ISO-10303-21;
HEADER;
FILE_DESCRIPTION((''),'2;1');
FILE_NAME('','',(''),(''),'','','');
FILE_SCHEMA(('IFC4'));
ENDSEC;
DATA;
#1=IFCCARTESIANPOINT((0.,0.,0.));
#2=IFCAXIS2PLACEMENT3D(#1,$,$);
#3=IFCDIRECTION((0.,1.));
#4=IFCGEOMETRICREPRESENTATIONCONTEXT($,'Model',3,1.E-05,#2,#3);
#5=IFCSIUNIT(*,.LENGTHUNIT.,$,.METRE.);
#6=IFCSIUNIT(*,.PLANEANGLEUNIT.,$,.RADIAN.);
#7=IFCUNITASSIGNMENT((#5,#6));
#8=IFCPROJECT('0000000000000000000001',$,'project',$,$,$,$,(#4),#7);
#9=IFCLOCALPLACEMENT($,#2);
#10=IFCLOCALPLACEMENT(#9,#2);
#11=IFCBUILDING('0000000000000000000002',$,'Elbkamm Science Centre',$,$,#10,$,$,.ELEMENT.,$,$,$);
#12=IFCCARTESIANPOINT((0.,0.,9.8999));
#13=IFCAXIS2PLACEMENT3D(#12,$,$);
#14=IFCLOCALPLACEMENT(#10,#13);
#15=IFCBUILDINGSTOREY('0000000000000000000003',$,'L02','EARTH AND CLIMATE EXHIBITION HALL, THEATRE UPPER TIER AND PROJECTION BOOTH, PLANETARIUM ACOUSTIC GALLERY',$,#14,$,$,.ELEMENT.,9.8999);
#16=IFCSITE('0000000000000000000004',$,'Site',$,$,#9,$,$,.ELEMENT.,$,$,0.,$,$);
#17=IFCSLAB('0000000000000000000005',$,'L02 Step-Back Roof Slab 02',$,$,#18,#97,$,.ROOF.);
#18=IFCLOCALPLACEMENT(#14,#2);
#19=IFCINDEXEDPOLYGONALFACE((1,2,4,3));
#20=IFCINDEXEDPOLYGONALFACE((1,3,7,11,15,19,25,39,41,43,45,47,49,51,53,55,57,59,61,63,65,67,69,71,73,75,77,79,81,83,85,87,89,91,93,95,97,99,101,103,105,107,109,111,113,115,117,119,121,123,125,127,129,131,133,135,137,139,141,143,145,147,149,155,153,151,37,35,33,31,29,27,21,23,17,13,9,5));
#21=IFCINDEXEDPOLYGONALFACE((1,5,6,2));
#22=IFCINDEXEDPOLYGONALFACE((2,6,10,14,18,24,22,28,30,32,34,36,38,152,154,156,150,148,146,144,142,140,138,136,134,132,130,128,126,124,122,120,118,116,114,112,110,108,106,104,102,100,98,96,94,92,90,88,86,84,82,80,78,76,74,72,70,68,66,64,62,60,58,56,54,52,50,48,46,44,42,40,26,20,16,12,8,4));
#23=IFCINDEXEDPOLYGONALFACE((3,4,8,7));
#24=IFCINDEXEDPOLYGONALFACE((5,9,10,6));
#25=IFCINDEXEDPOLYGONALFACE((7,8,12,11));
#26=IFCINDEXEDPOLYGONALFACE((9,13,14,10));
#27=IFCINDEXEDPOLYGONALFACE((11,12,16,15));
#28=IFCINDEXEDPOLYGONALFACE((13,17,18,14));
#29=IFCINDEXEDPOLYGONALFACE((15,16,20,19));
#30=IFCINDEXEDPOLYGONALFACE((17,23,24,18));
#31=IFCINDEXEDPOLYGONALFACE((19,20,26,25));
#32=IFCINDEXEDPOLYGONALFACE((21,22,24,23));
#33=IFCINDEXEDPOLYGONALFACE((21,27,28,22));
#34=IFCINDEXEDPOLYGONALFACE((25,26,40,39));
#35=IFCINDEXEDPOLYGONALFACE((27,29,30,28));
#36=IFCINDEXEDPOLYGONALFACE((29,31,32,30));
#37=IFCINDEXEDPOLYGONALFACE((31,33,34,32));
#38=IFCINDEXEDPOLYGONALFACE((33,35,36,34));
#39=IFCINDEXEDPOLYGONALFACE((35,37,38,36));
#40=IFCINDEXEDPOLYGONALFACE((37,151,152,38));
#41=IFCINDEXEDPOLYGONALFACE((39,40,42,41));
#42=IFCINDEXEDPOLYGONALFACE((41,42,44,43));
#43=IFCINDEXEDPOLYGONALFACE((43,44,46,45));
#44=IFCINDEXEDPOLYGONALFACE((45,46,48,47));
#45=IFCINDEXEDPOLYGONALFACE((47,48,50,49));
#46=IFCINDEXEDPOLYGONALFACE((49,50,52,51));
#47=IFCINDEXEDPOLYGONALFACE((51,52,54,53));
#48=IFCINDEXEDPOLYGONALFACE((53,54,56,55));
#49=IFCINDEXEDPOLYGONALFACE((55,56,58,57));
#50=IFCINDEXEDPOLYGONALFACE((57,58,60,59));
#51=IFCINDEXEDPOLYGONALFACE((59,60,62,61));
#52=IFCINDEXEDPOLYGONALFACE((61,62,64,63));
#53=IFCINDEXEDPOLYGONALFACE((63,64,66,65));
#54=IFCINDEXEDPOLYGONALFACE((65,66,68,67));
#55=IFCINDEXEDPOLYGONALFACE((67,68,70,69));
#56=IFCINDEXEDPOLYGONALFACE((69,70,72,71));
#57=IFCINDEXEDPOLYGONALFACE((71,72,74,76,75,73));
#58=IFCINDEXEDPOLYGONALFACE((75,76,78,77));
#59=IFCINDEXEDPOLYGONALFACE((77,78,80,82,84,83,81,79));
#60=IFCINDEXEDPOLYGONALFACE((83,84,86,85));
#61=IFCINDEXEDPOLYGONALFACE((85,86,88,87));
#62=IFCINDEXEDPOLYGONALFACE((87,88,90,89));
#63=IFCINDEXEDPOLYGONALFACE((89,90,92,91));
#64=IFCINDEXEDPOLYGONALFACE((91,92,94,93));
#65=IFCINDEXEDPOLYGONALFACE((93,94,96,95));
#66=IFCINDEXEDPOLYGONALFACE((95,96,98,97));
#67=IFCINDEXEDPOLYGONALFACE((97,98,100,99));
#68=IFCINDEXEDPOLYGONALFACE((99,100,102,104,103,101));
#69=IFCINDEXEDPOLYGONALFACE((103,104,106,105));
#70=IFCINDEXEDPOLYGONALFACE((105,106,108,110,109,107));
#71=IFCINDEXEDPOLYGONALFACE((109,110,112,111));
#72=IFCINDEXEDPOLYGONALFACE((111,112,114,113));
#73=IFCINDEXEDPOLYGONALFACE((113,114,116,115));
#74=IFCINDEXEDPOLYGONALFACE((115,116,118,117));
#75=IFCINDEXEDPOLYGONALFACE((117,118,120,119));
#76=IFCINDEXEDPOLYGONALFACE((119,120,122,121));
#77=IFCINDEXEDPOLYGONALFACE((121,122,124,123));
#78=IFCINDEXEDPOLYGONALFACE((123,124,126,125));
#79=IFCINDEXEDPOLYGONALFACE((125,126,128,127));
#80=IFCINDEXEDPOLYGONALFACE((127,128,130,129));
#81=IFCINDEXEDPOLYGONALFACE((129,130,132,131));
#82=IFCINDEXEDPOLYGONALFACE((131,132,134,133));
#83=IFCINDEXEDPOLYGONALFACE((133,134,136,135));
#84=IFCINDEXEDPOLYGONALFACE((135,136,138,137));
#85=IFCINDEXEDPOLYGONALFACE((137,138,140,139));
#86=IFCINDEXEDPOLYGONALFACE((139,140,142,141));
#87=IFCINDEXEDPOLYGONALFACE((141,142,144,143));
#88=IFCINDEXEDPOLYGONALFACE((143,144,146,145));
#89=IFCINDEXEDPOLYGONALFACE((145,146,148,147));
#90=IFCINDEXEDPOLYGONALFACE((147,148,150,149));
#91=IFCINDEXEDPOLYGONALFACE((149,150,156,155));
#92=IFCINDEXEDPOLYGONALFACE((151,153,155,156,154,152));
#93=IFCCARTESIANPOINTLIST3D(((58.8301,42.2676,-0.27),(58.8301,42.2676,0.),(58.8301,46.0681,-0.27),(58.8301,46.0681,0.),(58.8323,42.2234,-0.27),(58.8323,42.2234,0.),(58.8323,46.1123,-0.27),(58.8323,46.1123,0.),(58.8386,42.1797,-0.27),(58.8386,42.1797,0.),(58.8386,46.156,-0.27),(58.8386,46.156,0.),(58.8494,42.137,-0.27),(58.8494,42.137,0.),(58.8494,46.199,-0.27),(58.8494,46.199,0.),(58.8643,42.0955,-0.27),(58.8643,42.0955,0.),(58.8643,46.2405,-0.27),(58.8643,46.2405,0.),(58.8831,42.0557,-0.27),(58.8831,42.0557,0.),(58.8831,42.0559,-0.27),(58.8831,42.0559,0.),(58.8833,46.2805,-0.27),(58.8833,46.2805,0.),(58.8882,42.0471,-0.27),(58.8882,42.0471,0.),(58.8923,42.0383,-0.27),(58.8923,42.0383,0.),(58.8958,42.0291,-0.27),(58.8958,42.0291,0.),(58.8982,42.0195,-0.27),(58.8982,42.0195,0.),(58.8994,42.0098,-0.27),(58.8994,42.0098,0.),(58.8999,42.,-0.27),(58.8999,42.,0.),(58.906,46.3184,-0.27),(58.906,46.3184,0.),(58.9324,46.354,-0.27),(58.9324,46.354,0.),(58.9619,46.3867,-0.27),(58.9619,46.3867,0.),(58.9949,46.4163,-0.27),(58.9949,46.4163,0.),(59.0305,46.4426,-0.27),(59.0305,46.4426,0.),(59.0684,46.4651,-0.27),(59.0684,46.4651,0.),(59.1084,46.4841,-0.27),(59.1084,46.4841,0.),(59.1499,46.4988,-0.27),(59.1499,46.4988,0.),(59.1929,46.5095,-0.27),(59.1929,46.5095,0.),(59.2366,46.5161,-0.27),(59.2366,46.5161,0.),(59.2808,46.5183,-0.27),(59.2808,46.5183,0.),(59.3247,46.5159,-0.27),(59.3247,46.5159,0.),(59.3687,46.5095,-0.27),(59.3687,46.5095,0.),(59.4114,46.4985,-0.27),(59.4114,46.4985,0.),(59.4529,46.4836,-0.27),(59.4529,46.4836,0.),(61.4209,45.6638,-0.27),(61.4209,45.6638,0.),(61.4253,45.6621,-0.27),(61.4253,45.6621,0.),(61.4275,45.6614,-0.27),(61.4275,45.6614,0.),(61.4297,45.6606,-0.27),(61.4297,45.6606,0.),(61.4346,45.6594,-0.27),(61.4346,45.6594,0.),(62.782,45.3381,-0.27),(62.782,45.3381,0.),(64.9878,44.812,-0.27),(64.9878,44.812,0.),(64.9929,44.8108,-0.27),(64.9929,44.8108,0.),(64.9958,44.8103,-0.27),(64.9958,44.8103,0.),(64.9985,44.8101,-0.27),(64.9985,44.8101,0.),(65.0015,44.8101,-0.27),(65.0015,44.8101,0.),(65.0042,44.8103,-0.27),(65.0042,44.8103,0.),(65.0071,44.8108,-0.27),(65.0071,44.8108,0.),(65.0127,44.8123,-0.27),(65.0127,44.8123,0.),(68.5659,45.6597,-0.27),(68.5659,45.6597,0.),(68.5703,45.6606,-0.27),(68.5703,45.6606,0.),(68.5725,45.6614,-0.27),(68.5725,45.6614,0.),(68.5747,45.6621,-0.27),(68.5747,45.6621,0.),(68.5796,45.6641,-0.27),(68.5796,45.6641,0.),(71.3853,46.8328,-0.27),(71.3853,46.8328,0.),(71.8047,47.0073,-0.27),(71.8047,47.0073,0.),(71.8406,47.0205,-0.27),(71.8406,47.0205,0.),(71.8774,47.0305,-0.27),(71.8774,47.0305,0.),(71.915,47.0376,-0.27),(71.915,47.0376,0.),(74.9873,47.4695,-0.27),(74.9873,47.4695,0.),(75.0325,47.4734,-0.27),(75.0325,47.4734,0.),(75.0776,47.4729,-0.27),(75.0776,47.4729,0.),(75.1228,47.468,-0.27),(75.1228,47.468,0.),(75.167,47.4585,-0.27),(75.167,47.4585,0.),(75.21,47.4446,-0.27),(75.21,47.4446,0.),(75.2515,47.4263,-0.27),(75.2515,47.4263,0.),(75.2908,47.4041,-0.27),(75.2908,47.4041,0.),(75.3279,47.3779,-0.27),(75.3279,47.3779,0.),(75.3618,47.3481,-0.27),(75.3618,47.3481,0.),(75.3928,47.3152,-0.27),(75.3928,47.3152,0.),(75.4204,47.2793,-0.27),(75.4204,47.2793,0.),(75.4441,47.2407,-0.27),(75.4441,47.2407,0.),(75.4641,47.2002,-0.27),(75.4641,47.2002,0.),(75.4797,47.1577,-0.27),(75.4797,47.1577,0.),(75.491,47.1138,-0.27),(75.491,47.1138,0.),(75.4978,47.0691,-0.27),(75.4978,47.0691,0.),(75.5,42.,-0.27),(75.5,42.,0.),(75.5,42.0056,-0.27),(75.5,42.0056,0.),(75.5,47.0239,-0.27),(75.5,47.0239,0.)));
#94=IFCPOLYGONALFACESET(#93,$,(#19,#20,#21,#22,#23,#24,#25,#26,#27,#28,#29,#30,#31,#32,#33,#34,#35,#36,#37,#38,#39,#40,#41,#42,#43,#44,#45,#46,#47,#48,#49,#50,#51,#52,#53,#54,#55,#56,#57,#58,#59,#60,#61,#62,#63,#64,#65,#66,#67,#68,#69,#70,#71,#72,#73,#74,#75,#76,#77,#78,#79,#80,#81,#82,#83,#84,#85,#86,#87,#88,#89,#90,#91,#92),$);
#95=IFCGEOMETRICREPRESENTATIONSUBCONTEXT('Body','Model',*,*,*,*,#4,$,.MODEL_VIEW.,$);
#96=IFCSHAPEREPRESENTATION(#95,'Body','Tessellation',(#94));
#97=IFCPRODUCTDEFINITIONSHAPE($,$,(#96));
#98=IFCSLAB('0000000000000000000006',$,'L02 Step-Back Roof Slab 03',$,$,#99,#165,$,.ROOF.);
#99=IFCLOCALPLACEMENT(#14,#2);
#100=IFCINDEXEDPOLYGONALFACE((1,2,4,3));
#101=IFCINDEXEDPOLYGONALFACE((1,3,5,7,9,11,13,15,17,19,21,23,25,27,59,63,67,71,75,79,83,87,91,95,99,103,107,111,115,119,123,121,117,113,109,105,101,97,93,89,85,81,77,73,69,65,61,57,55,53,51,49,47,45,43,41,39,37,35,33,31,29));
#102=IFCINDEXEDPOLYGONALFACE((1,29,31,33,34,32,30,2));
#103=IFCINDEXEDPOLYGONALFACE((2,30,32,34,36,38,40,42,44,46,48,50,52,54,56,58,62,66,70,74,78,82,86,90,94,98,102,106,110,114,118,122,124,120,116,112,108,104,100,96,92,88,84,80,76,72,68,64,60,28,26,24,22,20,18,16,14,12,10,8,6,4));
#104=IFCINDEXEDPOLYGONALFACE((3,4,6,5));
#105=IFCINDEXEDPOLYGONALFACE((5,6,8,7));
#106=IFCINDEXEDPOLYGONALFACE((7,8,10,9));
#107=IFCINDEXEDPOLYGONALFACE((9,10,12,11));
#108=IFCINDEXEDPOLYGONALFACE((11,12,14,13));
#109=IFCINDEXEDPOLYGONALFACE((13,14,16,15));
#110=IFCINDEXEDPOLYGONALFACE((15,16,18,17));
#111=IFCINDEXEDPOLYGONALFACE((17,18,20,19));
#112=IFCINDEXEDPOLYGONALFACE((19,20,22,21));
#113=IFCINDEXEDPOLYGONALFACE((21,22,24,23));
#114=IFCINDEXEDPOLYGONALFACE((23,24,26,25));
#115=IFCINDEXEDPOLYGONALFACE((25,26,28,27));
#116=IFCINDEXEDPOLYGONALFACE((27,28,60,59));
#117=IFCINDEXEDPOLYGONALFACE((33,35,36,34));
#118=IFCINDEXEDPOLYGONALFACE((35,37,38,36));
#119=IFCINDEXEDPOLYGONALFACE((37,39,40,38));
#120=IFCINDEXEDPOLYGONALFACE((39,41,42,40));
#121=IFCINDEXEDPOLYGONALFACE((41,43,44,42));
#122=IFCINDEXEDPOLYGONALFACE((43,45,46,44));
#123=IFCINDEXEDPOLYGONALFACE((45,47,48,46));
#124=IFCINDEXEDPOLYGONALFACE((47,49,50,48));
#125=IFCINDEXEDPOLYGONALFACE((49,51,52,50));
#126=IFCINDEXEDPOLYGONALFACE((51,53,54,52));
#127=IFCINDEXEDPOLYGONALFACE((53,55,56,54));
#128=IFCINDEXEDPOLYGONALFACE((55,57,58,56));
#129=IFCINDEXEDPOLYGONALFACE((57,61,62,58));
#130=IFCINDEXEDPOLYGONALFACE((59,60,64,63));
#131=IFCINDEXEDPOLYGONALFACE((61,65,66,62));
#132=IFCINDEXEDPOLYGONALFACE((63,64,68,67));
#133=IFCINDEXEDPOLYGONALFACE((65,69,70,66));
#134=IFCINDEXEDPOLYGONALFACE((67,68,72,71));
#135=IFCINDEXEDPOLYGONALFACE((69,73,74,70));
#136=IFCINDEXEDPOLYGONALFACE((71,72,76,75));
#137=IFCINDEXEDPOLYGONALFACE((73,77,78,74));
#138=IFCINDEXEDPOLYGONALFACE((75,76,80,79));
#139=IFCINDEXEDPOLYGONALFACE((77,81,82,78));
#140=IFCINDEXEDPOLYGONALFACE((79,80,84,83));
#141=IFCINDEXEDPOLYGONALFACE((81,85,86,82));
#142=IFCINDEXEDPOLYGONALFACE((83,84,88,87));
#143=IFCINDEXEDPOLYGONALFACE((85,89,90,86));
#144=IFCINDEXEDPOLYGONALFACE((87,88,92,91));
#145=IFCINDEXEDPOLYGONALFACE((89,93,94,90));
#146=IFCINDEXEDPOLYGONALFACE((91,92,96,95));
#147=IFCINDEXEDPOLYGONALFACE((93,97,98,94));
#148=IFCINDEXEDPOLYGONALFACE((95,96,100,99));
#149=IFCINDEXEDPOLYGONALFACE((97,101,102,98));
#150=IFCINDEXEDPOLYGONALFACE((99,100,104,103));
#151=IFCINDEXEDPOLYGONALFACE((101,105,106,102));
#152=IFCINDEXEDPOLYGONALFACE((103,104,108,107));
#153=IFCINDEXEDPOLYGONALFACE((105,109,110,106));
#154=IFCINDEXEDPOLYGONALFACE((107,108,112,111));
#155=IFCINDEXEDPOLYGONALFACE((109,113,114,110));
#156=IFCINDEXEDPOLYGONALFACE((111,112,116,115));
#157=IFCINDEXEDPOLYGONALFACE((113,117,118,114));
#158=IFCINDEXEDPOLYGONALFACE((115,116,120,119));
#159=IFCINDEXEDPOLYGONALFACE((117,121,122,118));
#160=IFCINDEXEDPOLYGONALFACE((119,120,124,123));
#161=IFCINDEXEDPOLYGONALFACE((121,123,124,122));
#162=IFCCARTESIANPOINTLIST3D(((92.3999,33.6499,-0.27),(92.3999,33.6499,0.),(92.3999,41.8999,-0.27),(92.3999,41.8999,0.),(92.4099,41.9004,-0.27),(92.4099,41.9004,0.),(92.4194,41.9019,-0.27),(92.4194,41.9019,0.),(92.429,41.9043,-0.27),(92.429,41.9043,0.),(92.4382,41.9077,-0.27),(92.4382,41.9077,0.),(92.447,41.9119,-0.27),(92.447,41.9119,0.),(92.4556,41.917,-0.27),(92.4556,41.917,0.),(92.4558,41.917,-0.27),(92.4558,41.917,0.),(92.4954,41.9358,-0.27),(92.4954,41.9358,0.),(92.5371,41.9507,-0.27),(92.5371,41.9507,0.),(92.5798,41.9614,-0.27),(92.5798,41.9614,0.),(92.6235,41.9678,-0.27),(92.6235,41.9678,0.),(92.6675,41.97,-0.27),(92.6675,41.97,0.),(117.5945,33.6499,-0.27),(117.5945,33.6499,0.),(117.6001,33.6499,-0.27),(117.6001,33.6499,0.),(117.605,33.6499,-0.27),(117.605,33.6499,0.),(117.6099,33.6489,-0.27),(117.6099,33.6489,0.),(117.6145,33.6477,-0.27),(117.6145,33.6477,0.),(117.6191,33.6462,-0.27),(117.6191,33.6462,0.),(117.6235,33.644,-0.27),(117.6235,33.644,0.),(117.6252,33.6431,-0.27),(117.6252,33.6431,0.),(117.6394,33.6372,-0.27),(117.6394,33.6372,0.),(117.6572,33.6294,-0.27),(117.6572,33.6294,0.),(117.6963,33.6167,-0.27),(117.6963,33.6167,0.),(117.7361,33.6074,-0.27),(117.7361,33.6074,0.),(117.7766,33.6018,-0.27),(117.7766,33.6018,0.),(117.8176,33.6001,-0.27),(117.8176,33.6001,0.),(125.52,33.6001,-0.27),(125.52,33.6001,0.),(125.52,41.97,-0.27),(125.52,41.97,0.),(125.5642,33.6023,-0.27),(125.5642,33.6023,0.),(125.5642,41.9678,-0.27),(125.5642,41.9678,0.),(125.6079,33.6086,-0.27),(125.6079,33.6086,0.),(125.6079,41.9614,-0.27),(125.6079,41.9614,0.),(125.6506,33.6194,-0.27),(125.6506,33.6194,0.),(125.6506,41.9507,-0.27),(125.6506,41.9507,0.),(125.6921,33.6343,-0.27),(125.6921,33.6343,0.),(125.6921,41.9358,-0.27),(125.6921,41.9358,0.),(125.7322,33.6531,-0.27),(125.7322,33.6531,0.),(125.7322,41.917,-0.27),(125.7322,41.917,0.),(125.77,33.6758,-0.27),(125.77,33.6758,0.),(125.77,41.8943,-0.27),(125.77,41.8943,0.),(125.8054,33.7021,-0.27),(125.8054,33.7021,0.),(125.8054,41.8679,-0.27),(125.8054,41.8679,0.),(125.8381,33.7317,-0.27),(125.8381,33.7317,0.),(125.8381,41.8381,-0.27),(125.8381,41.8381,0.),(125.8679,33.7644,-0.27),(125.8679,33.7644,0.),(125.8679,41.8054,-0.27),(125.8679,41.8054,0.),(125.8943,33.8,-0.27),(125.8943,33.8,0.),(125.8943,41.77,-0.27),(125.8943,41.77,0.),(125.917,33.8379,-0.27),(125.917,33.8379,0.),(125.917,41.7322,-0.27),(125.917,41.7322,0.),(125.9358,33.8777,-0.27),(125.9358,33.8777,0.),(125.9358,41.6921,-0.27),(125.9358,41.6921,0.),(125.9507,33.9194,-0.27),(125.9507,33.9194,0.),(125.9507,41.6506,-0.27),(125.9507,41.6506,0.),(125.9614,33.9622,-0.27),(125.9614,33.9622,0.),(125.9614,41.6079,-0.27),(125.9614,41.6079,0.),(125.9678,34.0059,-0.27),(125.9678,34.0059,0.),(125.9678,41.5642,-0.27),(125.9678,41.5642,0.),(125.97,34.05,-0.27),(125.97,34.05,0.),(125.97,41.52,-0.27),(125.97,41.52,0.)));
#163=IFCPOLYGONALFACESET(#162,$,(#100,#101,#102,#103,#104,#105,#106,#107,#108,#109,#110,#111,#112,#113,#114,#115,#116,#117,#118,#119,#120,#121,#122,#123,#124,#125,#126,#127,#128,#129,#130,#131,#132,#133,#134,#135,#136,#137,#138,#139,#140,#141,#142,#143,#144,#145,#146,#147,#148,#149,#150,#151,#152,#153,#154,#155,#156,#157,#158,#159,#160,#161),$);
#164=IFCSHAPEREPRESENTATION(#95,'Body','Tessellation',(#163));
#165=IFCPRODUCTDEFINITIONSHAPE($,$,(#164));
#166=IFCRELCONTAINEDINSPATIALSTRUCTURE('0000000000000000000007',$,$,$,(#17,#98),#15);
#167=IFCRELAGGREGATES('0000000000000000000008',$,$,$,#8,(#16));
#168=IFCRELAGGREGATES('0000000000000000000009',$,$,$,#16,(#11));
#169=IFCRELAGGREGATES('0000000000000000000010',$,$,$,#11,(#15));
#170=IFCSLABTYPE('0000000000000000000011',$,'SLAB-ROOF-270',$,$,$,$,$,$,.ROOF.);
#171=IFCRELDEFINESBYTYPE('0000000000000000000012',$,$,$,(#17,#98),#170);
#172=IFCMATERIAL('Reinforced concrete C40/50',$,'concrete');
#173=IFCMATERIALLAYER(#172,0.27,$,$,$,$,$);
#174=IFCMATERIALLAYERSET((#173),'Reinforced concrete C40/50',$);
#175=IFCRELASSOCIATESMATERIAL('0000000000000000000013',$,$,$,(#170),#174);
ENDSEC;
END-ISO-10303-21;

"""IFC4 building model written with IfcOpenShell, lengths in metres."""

from ifc_helpers import new_model, si_unit, direction, frame, origin, place, context, subcontext, project, spatial, polyline, outline, extrude, material, layer, layer_set, type_object, element, save


model = new_model("IFC4")

# Units and contexts
model_context = context("Model", 3, precision=1e-05, world=origin(), true_north=direction((0.0, 1.0)))
body_context = subcontext(model_context, "Body", "Model", "MODEL_VIEW")
ifc_project = project(units=[si_unit("LENGTHUNIT", "METRE"), si_unit("PLANEANGLEUNIT", "RADIAN")], contexts=[model_context])

# Site, building, storey
site_placement = place(None, origin())
site = spatial("IfcSite", under=ifc_project, at=site_placement, Name="Site", CompositionType="ELEMENT", RefElevation=0.0)
building_placement = place(site_placement, origin())
building = spatial("IfcBuilding", under=site, at=building_placement, Name="Elbkamm Science Centre", CompositionType="ELEMENT")
storey_placement = place(building_placement, frame((0.0, 0.0, 9.8999)))
storey = spatial("IfcBuildingStorey", under=building, at=storey_placement, Name="L02", Description="EARTH AND CLIMATE EXHIBITION HALL, THEATRE UPPER TIER AND PROJECTION BOOTH, PLANETARIUM ACOUSTIC GALLERY", CompositionType="ELEMENT", Elevation=9.8999)

# Shared definitions
ifc_material_1 = material(Name="Reinforced concrete C40/50", Category="concrete")

# Slabs
ifc_layer_1 = layer(ifc_material_1, 0.27)
ifc_layer_set_1 = layer_set([ifc_layer_1], Name="Reinforced concrete C40/50")
slab_type_1 = type_object("IfcSlabType", Name="SLAB-ROOF-270", PredefinedType="ROOF", material=ifc_layer_set_1)
slab_1_placement = place(storey_placement, frame((0.0, 0.0, -0.27)))
element("IfcSlab", 1, at=slab_1_placement, inside=storey, type_object=slab_type_1, Name="L02 Step-Back Roof Slab 02", PredefinedType="ROOF", context=body_context, shape_type="SweptSolid", body=[
    extrude(outline(polyline([(58.8994, 42.0098), (58.8982, 42.0195), (58.8958, 42.0291), (58.8923, 42.0383), (58.8882, 42.0471), (58.8831, 42.0557), (58.8831, 42.0559), (58.8643, 42.0955), (58.8494, 42.137), (58.8386, 42.1797), (58.8323, 42.2234), (58.8301, 42.2676), (58.8301, 46.0681), (58.8323, 46.1123), (58.8386, 46.156), (58.8494, 46.199), (58.8643, 46.2405), (58.8833, 46.2805), (58.906, 46.3184), (58.9324, 46.354), (58.9619, 46.3867), (58.9949, 46.4163), (59.0305, 46.4426), (59.0684, 46.4651), (59.1084, 46.4841), (59.1499, 46.4988), (59.1929, 46.5095), (59.2366, 46.5161), (59.2808, 46.5183), (59.3247, 46.5159), (59.3687, 46.5095), (59.4114, 46.4985), (59.4529, 46.4836), (61.4209, 45.6638), (61.4253, 45.6621), (61.4275, 45.6614), (61.4297, 45.6606), (61.4346, 45.6594), (62.782, 45.3381), (64.9878, 44.812), (64.9929, 44.8108), (64.9958, 44.8103), (64.9985, 44.8101), (65.0015, 44.8101), (65.0042, 44.8103), (65.0071, 44.8108), (65.0127, 44.8123), (68.5659, 45.6597), (68.5703, 45.6606), (68.5725, 45.6614), (68.5747, 45.6621), (68.5796, 45.6641), (71.3853, 46.8328), (71.8047, 47.0073), (71.8406, 47.0205), (71.8774, 47.0305), (71.915, 47.0376), (74.9873, 47.4695), (75.0325, 47.4734), (75.0776, 47.4729), (75.1228, 47.468), (75.167, 47.4585), (75.21, 47.4446), (75.2515, 47.4263), (75.2908, 47.4041), (75.3279, 47.3779), (75.3618, 47.3481), (75.3928, 47.3152), (75.4204, 47.2793), (75.4441, 47.2407), (75.4641, 47.2002), (75.4797, 47.1577), (75.491, 47.1138), (75.4978, 47.0691), (75.5, 47.0239), (75.5, 42.0056), (75.5, 42.0), (58.8999, 42.0), (58.8994, 42.0098)])), origin(), (0.0, 0.0, 1.0), 0.27),
])
slab_2_placement = place(storey_placement, frame((0.0, 0.0, -0.27)))
element("IfcSlab", 2, at=slab_2_placement, inside=storey, type_object=slab_type_1, Name="L02 Step-Back Roof Slab 03", PredefinedType="ROOF", context=body_context, shape_type="SweptSolid", body=[
    extrude(outline(polyline([(92.4099, 41.9004), (92.4194, 41.9019), (92.429, 41.9043), (92.4382, 41.9077), (92.447, 41.9119), (92.4556, 41.917), (92.4558, 41.917), (92.4954, 41.9358), (92.5371, 41.9507), (92.5798, 41.9614), (92.6235, 41.9678), (92.6675, 41.97), (125.52, 41.97), (125.5642, 41.9678), (125.6079, 41.9614), (125.6506, 41.9507), (125.6921, 41.9358), (125.7322, 41.917), (125.77, 41.8943), (125.8054, 41.8679), (125.8381, 41.8381), (125.8679, 41.8054), (125.8943, 41.77), (125.917, 41.7322), (125.9358, 41.6921), (125.9507, 41.6506), (125.9614, 41.6079), (125.9678, 41.5642), (125.97, 41.52), (125.97, 34.05), (125.9678, 34.0059), (125.9614, 33.9622), (125.9507, 33.9194), (125.9358, 33.8777), (125.917, 33.8379), (125.8943, 33.8), (125.8679, 33.7644), (125.8381, 33.7317), (125.8054, 33.7021), (125.77, 33.6758), (125.7322, 33.6531), (125.6921, 33.6343), (125.6506, 33.6194), (125.6079, 33.6086), (125.5642, 33.6023), (125.52, 33.6001), (117.8176, 33.6001), (117.7766, 33.6018), (117.7361, 33.6074), (117.6963, 33.6167), (117.6572, 33.6294), (117.6394, 33.6372), (117.6394, 33.6372), (117.6252, 33.6431), (117.6235, 33.644), (117.6191, 33.6462), (117.6145, 33.6477), (117.6099, 33.6489), (117.605, 33.6499), (117.6001, 33.6499), (117.5945, 33.6499), (92.3999, 33.6499), (92.3999, 41.8999), (92.4099, 41.9004)])), origin(), (0.0, 0.0, 1.0), 0.27),
])

save(model, "model.ifc")
